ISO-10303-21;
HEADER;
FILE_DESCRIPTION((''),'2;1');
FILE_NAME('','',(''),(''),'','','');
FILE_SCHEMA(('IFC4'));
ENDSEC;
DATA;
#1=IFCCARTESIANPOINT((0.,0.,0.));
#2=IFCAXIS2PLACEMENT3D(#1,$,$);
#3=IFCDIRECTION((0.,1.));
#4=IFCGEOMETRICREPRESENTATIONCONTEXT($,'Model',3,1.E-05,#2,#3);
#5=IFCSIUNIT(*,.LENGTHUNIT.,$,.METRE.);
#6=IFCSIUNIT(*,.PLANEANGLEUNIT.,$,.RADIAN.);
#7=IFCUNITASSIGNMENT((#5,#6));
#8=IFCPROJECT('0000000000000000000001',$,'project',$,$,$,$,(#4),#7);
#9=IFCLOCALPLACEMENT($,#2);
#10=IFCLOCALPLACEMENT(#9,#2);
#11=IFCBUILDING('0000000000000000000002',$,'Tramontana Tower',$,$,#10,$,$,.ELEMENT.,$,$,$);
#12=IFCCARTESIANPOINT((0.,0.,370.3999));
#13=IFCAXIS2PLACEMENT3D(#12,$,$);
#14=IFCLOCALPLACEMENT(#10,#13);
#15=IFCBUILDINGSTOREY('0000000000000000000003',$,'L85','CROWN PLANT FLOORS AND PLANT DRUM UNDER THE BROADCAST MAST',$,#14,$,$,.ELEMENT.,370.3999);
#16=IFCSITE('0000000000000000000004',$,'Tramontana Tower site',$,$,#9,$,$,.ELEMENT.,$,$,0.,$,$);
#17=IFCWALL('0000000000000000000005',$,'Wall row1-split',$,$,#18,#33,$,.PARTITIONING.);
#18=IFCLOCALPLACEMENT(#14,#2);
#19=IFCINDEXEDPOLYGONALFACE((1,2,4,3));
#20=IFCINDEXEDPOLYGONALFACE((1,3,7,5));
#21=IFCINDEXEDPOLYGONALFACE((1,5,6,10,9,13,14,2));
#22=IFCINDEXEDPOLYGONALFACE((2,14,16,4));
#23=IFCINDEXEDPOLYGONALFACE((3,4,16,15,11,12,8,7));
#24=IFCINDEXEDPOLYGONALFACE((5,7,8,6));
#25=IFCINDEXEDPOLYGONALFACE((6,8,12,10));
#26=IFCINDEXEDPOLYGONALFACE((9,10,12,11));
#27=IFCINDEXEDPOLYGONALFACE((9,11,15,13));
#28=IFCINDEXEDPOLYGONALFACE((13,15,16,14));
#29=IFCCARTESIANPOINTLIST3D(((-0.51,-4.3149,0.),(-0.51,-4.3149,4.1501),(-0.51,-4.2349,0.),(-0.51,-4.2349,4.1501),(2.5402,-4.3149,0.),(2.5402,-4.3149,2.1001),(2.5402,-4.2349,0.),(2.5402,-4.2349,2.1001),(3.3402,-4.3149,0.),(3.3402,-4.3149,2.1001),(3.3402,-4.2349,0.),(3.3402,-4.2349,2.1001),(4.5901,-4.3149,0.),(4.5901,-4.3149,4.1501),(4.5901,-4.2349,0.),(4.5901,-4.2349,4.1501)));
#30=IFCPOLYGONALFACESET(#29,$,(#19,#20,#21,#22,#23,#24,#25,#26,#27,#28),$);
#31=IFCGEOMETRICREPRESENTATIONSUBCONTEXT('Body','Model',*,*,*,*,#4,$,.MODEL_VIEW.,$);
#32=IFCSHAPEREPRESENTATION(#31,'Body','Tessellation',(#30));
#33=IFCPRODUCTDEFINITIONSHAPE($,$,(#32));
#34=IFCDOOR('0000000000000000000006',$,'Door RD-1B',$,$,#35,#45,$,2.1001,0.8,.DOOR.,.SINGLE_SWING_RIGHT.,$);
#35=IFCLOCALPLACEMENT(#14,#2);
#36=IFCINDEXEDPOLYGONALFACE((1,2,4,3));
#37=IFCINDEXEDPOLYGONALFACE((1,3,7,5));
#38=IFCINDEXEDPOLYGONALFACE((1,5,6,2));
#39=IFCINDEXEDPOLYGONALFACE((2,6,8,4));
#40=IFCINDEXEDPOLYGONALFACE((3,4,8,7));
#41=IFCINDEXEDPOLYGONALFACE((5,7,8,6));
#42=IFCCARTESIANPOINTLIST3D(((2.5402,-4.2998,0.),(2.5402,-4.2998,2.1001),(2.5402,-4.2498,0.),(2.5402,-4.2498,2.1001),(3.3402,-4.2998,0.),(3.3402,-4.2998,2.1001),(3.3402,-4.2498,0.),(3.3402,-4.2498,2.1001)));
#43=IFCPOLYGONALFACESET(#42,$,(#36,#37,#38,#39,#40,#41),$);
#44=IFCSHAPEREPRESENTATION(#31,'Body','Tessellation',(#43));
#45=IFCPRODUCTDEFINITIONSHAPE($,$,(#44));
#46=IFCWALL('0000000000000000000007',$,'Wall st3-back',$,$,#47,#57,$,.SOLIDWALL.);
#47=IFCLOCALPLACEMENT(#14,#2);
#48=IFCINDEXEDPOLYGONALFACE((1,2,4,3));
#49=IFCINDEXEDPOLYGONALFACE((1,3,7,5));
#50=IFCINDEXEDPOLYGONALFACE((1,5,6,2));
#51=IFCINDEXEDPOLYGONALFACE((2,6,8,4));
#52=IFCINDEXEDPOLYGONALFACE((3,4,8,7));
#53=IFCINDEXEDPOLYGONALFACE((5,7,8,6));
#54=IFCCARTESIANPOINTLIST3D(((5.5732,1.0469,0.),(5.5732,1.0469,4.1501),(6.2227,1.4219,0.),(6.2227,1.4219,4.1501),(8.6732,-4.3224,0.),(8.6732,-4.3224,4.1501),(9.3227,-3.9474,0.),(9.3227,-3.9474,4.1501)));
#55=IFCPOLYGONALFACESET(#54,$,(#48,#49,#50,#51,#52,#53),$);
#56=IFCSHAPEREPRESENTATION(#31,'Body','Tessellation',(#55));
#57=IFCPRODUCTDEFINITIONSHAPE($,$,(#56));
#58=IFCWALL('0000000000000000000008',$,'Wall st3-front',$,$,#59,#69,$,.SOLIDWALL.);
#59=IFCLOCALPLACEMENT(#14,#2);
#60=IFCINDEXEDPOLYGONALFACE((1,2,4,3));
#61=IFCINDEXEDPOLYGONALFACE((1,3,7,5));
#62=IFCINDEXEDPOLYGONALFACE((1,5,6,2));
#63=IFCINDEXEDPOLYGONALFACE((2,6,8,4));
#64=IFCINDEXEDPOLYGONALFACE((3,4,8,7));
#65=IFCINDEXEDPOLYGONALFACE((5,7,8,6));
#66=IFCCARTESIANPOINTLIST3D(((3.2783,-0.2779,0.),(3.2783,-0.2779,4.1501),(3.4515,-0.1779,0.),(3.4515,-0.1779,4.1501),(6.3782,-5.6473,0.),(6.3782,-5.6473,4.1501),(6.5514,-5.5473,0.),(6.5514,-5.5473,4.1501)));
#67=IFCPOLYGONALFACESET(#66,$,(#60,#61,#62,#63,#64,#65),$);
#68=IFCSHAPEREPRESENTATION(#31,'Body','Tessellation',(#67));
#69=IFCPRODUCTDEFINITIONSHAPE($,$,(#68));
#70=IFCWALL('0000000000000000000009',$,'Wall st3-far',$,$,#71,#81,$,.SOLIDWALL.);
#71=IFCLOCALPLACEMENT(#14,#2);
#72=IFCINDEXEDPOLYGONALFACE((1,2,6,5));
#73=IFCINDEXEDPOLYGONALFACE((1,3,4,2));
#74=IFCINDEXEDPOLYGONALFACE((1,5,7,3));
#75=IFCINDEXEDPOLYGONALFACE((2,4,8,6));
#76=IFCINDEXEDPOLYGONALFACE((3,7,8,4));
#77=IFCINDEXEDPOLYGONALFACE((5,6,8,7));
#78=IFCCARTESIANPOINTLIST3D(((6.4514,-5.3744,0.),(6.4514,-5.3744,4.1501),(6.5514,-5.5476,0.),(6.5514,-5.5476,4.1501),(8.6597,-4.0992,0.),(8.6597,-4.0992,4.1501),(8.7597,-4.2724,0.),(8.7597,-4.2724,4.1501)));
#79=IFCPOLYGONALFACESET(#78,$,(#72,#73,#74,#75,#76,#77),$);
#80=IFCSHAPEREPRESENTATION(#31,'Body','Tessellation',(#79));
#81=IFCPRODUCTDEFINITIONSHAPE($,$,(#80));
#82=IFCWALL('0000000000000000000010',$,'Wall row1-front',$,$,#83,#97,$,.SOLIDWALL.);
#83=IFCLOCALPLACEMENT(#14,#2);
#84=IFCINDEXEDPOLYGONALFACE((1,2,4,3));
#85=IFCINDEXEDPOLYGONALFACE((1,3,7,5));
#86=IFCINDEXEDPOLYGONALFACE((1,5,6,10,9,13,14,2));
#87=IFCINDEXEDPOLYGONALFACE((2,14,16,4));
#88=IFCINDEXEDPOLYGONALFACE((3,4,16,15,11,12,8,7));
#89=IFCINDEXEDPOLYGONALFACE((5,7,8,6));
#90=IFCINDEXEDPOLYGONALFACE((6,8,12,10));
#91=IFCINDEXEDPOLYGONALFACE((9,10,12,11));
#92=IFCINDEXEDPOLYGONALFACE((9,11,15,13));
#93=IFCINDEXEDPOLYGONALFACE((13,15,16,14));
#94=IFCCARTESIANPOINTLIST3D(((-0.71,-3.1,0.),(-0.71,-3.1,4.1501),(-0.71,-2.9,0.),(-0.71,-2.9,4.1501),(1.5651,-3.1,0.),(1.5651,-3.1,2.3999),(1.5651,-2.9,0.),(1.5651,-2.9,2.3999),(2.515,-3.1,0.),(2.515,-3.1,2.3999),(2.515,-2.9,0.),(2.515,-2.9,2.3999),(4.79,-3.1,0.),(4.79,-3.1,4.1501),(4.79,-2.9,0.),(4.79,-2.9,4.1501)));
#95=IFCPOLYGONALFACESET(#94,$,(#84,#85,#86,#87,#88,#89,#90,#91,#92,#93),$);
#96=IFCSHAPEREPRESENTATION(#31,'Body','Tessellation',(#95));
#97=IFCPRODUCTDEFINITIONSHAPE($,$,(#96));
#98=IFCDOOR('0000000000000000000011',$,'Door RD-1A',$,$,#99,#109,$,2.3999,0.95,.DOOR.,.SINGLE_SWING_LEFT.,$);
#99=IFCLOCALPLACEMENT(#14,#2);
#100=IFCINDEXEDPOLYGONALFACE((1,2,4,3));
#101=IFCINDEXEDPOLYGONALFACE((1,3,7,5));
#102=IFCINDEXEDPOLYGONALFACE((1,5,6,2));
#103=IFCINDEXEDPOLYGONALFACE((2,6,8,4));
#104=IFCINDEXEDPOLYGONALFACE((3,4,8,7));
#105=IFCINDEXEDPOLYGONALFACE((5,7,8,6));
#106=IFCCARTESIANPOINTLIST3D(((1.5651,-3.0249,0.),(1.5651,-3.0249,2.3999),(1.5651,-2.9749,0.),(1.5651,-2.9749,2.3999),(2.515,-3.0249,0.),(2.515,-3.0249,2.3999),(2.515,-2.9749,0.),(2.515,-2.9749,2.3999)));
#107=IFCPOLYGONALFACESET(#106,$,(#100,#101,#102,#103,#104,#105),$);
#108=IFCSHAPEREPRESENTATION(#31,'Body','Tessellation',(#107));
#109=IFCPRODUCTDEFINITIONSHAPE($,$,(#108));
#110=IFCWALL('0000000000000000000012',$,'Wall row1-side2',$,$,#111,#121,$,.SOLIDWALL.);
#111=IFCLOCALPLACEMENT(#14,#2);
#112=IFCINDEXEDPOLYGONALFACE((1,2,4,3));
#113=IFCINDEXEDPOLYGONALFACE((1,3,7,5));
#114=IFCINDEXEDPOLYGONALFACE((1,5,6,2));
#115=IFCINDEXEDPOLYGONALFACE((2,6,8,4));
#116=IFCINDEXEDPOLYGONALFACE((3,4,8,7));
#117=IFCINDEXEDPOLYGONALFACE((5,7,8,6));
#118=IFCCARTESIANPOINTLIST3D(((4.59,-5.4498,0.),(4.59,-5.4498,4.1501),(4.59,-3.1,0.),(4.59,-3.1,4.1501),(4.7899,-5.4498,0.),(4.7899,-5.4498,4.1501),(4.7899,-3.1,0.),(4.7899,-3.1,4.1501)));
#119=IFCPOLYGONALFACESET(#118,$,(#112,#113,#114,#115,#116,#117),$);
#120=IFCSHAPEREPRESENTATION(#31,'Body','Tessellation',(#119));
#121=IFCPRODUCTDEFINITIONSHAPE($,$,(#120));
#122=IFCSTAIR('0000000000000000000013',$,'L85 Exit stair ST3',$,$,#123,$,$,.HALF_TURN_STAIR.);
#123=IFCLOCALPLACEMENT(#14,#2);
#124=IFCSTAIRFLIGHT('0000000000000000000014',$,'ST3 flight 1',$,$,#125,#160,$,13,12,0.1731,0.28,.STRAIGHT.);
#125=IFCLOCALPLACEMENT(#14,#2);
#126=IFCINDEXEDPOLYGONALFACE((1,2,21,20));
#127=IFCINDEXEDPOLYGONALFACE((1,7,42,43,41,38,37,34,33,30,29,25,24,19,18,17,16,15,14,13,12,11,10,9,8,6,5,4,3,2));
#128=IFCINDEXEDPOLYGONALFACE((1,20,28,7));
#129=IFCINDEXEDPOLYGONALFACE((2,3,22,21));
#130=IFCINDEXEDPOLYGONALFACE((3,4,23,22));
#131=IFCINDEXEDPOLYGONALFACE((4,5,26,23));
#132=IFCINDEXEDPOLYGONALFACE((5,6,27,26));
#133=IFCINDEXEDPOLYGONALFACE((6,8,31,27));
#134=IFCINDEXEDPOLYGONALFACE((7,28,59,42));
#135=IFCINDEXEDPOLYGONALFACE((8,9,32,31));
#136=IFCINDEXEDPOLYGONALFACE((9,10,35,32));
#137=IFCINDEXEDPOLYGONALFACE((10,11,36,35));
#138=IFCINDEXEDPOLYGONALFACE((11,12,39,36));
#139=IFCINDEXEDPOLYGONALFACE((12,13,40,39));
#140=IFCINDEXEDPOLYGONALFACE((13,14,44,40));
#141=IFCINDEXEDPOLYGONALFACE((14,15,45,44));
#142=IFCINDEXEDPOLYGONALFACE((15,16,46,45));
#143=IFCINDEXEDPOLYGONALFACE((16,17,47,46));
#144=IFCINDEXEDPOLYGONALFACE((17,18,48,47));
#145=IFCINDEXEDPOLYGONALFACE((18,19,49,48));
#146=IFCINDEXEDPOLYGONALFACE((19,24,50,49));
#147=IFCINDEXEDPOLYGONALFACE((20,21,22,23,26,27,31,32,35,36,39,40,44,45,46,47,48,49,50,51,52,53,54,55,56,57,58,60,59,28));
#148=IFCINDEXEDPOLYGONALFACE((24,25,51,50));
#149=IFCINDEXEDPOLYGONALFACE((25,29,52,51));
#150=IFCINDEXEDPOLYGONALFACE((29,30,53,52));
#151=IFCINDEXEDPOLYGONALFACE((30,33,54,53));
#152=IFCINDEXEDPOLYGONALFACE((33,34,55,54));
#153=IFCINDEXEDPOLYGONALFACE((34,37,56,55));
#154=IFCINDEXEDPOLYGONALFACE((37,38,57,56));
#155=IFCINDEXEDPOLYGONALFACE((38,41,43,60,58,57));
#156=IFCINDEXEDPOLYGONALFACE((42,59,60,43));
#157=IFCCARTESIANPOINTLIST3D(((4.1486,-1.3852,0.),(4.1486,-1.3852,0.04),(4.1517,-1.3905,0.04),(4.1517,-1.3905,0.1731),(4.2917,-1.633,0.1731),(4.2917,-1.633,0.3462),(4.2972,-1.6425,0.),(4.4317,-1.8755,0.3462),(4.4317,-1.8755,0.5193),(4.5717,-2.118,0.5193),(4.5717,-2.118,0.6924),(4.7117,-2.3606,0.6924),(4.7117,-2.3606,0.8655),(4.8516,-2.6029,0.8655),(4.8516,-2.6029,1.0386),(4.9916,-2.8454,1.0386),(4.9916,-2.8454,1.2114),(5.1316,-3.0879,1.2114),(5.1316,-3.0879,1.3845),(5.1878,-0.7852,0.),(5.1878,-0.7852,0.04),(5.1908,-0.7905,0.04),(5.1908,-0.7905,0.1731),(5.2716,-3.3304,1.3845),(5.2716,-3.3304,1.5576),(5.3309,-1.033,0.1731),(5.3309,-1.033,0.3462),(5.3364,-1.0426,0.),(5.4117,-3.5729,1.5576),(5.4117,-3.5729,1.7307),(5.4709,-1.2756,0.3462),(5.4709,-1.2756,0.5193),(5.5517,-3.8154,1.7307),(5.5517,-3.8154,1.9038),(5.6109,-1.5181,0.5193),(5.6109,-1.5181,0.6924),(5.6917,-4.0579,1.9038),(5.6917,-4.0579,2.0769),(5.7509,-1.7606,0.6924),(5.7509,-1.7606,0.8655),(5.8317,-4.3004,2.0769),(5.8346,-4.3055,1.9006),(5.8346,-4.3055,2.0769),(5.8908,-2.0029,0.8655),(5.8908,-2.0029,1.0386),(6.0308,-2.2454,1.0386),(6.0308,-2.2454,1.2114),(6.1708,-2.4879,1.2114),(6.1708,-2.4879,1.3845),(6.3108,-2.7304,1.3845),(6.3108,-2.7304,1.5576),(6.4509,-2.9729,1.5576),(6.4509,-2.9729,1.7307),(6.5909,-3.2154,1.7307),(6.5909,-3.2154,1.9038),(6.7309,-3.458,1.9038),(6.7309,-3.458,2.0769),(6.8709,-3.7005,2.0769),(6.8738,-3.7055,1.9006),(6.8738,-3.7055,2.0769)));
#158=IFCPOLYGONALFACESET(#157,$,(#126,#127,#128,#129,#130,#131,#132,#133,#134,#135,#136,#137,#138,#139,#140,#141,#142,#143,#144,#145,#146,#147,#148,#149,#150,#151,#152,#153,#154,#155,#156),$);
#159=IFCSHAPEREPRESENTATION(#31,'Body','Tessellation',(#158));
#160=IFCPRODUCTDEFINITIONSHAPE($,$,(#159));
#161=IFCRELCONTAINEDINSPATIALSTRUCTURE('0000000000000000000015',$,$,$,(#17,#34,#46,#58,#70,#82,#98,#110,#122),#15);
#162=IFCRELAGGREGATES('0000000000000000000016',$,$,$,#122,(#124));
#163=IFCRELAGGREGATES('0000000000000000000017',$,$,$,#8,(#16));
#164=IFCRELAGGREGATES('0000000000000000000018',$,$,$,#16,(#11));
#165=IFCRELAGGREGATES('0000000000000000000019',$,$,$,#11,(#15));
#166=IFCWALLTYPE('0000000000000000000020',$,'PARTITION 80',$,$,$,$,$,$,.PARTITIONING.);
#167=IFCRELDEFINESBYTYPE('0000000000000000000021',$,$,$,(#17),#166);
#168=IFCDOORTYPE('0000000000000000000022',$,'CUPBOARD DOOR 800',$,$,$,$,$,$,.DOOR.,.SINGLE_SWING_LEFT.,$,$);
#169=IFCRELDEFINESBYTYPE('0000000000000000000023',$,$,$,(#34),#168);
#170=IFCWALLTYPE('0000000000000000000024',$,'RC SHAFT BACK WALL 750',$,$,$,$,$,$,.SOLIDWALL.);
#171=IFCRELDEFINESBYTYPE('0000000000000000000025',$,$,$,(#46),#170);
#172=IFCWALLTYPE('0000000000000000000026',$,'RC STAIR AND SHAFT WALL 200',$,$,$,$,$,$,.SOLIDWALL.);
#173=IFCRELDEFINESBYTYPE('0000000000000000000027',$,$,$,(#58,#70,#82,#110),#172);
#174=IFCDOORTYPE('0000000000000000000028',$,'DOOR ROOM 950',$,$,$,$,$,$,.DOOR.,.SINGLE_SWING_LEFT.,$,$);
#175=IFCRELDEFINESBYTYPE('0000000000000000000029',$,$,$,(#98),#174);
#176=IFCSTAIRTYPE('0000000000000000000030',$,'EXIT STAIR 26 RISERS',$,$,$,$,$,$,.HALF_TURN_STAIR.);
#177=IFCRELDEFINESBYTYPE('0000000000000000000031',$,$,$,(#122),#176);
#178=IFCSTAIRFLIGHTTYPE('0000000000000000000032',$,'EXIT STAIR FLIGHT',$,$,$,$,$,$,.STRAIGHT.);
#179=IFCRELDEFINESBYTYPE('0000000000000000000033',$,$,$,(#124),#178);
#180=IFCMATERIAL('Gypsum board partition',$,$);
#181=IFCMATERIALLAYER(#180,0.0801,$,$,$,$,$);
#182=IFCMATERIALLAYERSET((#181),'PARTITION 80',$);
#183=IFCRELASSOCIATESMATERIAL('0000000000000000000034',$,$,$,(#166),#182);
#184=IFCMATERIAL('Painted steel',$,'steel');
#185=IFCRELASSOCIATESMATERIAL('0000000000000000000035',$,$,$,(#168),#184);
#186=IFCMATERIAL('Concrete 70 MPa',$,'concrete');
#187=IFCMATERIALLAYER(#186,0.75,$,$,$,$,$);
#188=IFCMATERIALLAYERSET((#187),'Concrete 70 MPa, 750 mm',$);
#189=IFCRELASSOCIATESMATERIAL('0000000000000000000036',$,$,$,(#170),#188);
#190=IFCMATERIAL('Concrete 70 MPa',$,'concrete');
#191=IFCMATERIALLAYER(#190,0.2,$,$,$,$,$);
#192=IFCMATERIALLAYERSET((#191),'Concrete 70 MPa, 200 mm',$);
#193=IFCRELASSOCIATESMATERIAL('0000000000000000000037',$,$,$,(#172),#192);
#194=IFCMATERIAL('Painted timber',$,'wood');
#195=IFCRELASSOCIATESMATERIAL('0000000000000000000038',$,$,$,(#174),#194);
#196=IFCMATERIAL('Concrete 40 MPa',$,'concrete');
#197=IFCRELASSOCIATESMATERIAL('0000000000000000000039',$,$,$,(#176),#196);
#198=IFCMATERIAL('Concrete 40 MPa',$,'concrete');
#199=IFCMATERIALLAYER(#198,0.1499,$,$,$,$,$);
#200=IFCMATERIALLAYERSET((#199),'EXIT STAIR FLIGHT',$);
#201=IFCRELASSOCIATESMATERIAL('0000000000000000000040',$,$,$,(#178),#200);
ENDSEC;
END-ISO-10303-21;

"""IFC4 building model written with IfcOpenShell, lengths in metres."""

from ifc_helpers import new_model, si_unit, direction, frame, frame_2d, origin, place, context, subcontext, project, spatial, polyline, rectangle, outline, extrude, material, layer, layer_set, type_object, element, fill, aggregate, save


model = new_model("IFC4")

# Units and contexts
model_context = context("Model", 3, precision=1e-05, world=origin(), true_north=direction((0.0, 1.0)))
body_context = subcontext(model_context, "Body", "Model", "MODEL_VIEW")
ifc_project = project(units=[si_unit("LENGTHUNIT", "METRE"), si_unit("PLANEANGLEUNIT", "RADIAN")], contexts=[model_context])

# Site, building, storey
site_placement = place(None, origin())
site = spatial("IfcSite", under=ifc_project, at=site_placement, Name="Tramontana Tower site", CompositionType="ELEMENT", RefElevation=0.0)
building_placement = place(site_placement, origin())
building = spatial("IfcBuilding", under=site, at=building_placement, Name="Tramontana Tower", CompositionType="ELEMENT")
storey_placement = place(building_placement, frame((0.0, 0.0, 370.3999)))
storey = spatial("IfcBuildingStorey", under=building, at=storey_placement, Name="L85", Description="CROWN PLANT FLOORS AND PLANT DRUM UNDER THE BROADCAST MAST", CompositionType="ELEMENT", Elevation=370.3999)

# Wall, opening, door
ifc_material_1 = material(Name="Gypsum board partition")
ifc_layer_1 = layer(ifc_material_1, 0.0801)
ifc_layer_set_1 = layer_set([ifc_layer_1], Name="PARTITION 80")
wall_type_1 = type_object("IfcWallType", Name="PARTITION 80", PredefinedType="PARTITIONING", material=ifc_layer_set_1)
wall_1_placement = place(storey_placement, frame((4.5901, -4.2749, 0.0), z_axis=(0.0, 0.0, 1.0), x_axis=(-1.0, 0.0, 0.0)))
wall_1 = element("IfcWall", 1, at=wall_1_placement, inside=storey, type_object=wall_type_1, Name="Wall row1-split", PredefinedType="PARTITIONING", context=body_context, shape_type="SweptSolid", body=[
    extrude(rectangle(XDim=5.1001, YDim=0.0801, at=frame_2d((2.55, 0.0))), origin(), (0.0, 0.0, 1.0), 4.1501),
])
opening_1_placement = place(wall_1_placement, frame((1.25, 0.0, 0.0)))
opening_1 = element("IfcOpeningElement", 2, at=opening_1_placement, cuts=wall_1, PredefinedType="OPENING", context=body_context, shape_type="SweptSolid", body=[
    extrude(rectangle(XDim=0.8, YDim=2.1001, at=frame_2d((0.3999, 1.05))), frame((0.0, 0.05, 0.0), z_axis=(0.0, -1.0, 0.0), x_axis=(1.0, 0.0, 0.0)), (0.0, 0.0, 1.0), 0.1001),
])
ifc_material_2 = material(Name="Painted steel", Category="steel")
door_type_1 = type_object("IfcDoorType", Name="CUPBOARD DOOR 800", OperationType="SINGLE_SWING_LEFT", PredefinedType="DOOR", material=ifc_material_2)
door_1_placement = place(opening_1_placement, origin())
door_1 = element("IfcDoor", 3, at=door_1_placement, inside=storey, type_object=door_type_1, Name="Door RD-1B", OperationType="SINGLE_SWING_RIGHT", OverallHeight=2.1001, OverallWidth=0.8, PredefinedType="DOOR", context=body_context, shape_type="SweptSolid", body=[
    extrude(rectangle(XDim=0.8, YDim=2.1001, at=frame_2d((0.3999, 1.05))), frame((0.0, 0.0249, 0.0), z_axis=(0.0, -1.0, 0.0), x_axis=(1.0, 0.0, 0.0)), (0.0, 0.0, 1.0), 0.05),
])
fill(opening_1, door_1)

# Walls
ifc_material_3 = material(Name="Concrete 70 MPa", Category="concrete")
ifc_layer_2 = layer(ifc_material_3, 0.75)
ifc_layer_set_2 = layer_set([ifc_layer_2], Name="Concrete 70 MPa, 750 mm")
wall_type_2 = type_object("IfcWallType", Name="RC SHAFT BACK WALL 750", PredefinedType="SOLIDWALL", material=ifc_layer_set_2)
wall_2_placement = place(storey_placement, frame((8.998, -4.135, 0.0), z_axis=(0.0, 0.0, 1.0), x_axis=(-0.50001, 0.86602, 0.0)))
element("IfcWall", 4, at=wall_2_placement, inside=storey, type_object=wall_type_2, Name="Wall st3-back", PredefinedType="SOLIDWALL", context=body_context, shape_type="SweptSolid", body=[
    extrude(rectangle(XDim=6.2, YDim=0.75, at=frame_2d((3.1001, 0.0))), origin(), (0.0, 0.0, 1.0), 4.1501),
])
ifc_material_4 = material(Name="Concrete 70 MPa", Category="concrete")
ifc_layer_3 = layer(ifc_material_4, 0.2)
ifc_layer_set_3 = layer_set([ifc_layer_3], Name="Concrete 70 MPa, 200 mm")
wall_type_3 = type_object("IfcWallType", Name="RC STAIR AND SHAFT WALL 200", PredefinedType="SOLIDWALL", material=ifc_layer_set_3)
wall_3_placement = place(storey_placement, frame((6.4648, -5.5974, 0.0), z_axis=(0.0, 0.0, 1.0), x_axis=(-0.49998, 0.866037, 0.0)))
element("IfcWall", 5, at=wall_3_placement, inside=storey, type_object=wall_type_3, Name="Wall st3-front", PredefinedType="SOLIDWALL", context=body_context, shape_type="SweptSolid", body=[
    extrude(rectangle(XDim=6.2, YDim=0.2, at=frame_2d((3.1001, 0.0))), origin(), (0.0, 0.0, 1.0), 4.1501),
])
wall_4_placement = place(storey_placement, frame((6.5015, -5.4609, 0.0), z_axis=(0.0, 0.0, 1.0), x_axis=(0.865989, 0.500062, 0.0)))
element("IfcWall", 6, at=wall_4_placement, inside=storey, type_object=wall_type_3, Name="Wall st3-far", PredefinedType="SOLIDWALL", context=body_context, shape_type="SweptSolid", body=[
    extrude(rectangle(XDim=2.55, YDim=0.2, at=frame_2d((1.2749, 0.0))), origin(), (0.0, 0.0, 1.0), 4.1501),
])

# Wall, opening, door
wall_5_placement = place(storey_placement, frame((4.79, -3.0, 0.0), z_axis=(0.0, 0.0, 1.0), x_axis=(-1.0, 0.0, 0.0)))
wall_5 = element("IfcWall", 7, at=wall_5_placement, inside=storey, type_object=wall_type_3, Name="Wall row1-front", PredefinedType="SOLIDWALL", context=body_context, shape_type="SweptSolid", body=[
    extrude(rectangle(XDim=5.5, YDim=0.2, at=frame_2d((2.75, 0.0))), origin(), (0.0, 0.0, 1.0), 4.1501),
])
opening_2_placement = place(wall_5_placement, frame((2.2749, 0.0, 0.0)))
opening_2 = element("IfcOpeningElement", 8, at=opening_2_placement, cuts=wall_5, PredefinedType="OPENING", context=body_context, shape_type="SweptSolid", body=[
    extrude(rectangle(XDim=0.95, YDim=2.3999, at=frame_2d((0.4751, 1.2))), frame((0.0, 0.1099, 0.0), z_axis=(0.0, -1.0, 0.0), x_axis=(1.0, 0.0, 0.0)), (0.0, 0.0, 1.0), 0.22),
])
ifc_material_5 = material(Name="Painted timber", Category="wood")
door_type_2 = type_object("IfcDoorType", Name="DOOR ROOM 950", OperationType="SINGLE_SWING_LEFT", PredefinedType="DOOR", material=ifc_material_5)
door_2_placement = place(opening_2_placement, origin())
door_2 = element("IfcDoor", 9, at=door_2_placement, inside=storey, type_object=door_type_2, Name="Door RD-1A", OperationType="SINGLE_SWING_LEFT", OverallHeight=2.3999, OverallWidth=0.95, PredefinedType="DOOR", context=body_context, shape_type="SweptSolid", body=[
    extrude(rectangle(XDim=0.95, YDim=2.3999, at=frame_2d((0.4751, 1.2))), frame((0.0, 0.0249, 0.0), z_axis=(0.0, -1.0, 0.0), x_axis=(1.0, 0.0, 0.0)), (0.0, 0.0, 1.0), 0.05),
])
fill(opening_2, door_2)

# Wall
wall_6_placement = place(storey_placement, frame((4.6899, -3.1001, 0.0), z_axis=(0.0, 0.0, 1.0), x_axis=(0.0, -1.0, 0.0)))
element("IfcWall", 10, at=wall_6_placement, inside=storey, type_object=wall_type_3, Name="Wall row1-side2", PredefinedType="SOLIDWALL", context=body_context, shape_type="SweptSolid", body=[
    extrude(rectangle(XDim=2.3499, YDim=0.2, at=frame_2d((1.1748, 0.0))), origin(), (0.0, 0.0, 1.0), 4.1501),
])

# Stair, stair flight
ifc_material_6 = material(Name="Concrete 40 MPa", Category="concrete")
stair_type = type_object("IfcStairType", Name="EXIT STAIR 26 RISERS", PredefinedType="HALF_TURN_STAIR", material=ifc_material_6)
stair_placement = place(storey_placement, origin())
stair = element("IfcStair", 11, at=stair_placement, inside=storey, type_object=stair_type, Name="L85 Exit stair ST3", PredefinedType="HALF_TURN_STAIR")
ifc_material_7 = material(Name="Concrete 40 MPa", Category="concrete")
ifc_layer_4 = layer(ifc_material_7, 0.1499)
ifc_layer_set_4 = layer_set([ifc_layer_4], Name="EXIT STAIR FLIGHT")
stair_flight_type = type_object("IfcStairFlightType", Name="EXIT STAIR FLIGHT", PredefinedType="STRAIGHT", material=ifc_layer_set_4)
stair_flight_1_placement = place(storey_placement, frame((4.6711, -1.0906, 0.0), z_axis=(0.0, 0.0, 1.0), x_axis=(0.5, -0.866025, 0.0)))
stair_flight_1 = element("IfcStairFlight", 12, at=stair_flight_1_placement, type_object=stair_flight_type, Name="ST3 flight 1", NumberOfRisers=13, NumberOfTreads=12, PredefinedType="STRAIGHT", RiserHeight=0.1731, TreadLength=0.28, context=body_context, shape_type="SweptSolid", body=[
    extrude(outline(polyline([(-0.0061, 0.0), (-0.0061, 0.04), (0.0, 0.04), (0.0, 0.1731), (0.28, 0.1731), (0.28, 0.3462), (0.5601, 0.3462), (0.5601, 0.5193), (0.8401, 0.5193), (0.8401, 0.6924), (1.1201, 0.6924), (1.1201, 0.8655), (1.3999, 0.8655), (1.3999, 1.0386), (1.6799, 1.0386), (1.6799, 1.2114), (1.96, 1.2114), (1.96, 1.3845), (2.24, 1.3845), (2.24, 1.5576), (2.52, 1.5576), (2.52, 1.7307), (2.8, 1.7307), (2.8, 1.9038), (3.0801, 1.9038), (3.0801, 2.0769), (3.3601, 2.0769), (3.366, 2.0769), (3.366, 1.9006), (0.291, 0.0), (-0.0061, 0.0)])), frame((0.0, 0.6001, 0.0), z_axis=(0.0, -1.0, 0.0), x_axis=(1.0, 0.0, 0.0)), (0.0, 0.0, 1.0), 1.2),
])
aggregate(stair, [stair_flight_1])

save(model, "model.ifc")
